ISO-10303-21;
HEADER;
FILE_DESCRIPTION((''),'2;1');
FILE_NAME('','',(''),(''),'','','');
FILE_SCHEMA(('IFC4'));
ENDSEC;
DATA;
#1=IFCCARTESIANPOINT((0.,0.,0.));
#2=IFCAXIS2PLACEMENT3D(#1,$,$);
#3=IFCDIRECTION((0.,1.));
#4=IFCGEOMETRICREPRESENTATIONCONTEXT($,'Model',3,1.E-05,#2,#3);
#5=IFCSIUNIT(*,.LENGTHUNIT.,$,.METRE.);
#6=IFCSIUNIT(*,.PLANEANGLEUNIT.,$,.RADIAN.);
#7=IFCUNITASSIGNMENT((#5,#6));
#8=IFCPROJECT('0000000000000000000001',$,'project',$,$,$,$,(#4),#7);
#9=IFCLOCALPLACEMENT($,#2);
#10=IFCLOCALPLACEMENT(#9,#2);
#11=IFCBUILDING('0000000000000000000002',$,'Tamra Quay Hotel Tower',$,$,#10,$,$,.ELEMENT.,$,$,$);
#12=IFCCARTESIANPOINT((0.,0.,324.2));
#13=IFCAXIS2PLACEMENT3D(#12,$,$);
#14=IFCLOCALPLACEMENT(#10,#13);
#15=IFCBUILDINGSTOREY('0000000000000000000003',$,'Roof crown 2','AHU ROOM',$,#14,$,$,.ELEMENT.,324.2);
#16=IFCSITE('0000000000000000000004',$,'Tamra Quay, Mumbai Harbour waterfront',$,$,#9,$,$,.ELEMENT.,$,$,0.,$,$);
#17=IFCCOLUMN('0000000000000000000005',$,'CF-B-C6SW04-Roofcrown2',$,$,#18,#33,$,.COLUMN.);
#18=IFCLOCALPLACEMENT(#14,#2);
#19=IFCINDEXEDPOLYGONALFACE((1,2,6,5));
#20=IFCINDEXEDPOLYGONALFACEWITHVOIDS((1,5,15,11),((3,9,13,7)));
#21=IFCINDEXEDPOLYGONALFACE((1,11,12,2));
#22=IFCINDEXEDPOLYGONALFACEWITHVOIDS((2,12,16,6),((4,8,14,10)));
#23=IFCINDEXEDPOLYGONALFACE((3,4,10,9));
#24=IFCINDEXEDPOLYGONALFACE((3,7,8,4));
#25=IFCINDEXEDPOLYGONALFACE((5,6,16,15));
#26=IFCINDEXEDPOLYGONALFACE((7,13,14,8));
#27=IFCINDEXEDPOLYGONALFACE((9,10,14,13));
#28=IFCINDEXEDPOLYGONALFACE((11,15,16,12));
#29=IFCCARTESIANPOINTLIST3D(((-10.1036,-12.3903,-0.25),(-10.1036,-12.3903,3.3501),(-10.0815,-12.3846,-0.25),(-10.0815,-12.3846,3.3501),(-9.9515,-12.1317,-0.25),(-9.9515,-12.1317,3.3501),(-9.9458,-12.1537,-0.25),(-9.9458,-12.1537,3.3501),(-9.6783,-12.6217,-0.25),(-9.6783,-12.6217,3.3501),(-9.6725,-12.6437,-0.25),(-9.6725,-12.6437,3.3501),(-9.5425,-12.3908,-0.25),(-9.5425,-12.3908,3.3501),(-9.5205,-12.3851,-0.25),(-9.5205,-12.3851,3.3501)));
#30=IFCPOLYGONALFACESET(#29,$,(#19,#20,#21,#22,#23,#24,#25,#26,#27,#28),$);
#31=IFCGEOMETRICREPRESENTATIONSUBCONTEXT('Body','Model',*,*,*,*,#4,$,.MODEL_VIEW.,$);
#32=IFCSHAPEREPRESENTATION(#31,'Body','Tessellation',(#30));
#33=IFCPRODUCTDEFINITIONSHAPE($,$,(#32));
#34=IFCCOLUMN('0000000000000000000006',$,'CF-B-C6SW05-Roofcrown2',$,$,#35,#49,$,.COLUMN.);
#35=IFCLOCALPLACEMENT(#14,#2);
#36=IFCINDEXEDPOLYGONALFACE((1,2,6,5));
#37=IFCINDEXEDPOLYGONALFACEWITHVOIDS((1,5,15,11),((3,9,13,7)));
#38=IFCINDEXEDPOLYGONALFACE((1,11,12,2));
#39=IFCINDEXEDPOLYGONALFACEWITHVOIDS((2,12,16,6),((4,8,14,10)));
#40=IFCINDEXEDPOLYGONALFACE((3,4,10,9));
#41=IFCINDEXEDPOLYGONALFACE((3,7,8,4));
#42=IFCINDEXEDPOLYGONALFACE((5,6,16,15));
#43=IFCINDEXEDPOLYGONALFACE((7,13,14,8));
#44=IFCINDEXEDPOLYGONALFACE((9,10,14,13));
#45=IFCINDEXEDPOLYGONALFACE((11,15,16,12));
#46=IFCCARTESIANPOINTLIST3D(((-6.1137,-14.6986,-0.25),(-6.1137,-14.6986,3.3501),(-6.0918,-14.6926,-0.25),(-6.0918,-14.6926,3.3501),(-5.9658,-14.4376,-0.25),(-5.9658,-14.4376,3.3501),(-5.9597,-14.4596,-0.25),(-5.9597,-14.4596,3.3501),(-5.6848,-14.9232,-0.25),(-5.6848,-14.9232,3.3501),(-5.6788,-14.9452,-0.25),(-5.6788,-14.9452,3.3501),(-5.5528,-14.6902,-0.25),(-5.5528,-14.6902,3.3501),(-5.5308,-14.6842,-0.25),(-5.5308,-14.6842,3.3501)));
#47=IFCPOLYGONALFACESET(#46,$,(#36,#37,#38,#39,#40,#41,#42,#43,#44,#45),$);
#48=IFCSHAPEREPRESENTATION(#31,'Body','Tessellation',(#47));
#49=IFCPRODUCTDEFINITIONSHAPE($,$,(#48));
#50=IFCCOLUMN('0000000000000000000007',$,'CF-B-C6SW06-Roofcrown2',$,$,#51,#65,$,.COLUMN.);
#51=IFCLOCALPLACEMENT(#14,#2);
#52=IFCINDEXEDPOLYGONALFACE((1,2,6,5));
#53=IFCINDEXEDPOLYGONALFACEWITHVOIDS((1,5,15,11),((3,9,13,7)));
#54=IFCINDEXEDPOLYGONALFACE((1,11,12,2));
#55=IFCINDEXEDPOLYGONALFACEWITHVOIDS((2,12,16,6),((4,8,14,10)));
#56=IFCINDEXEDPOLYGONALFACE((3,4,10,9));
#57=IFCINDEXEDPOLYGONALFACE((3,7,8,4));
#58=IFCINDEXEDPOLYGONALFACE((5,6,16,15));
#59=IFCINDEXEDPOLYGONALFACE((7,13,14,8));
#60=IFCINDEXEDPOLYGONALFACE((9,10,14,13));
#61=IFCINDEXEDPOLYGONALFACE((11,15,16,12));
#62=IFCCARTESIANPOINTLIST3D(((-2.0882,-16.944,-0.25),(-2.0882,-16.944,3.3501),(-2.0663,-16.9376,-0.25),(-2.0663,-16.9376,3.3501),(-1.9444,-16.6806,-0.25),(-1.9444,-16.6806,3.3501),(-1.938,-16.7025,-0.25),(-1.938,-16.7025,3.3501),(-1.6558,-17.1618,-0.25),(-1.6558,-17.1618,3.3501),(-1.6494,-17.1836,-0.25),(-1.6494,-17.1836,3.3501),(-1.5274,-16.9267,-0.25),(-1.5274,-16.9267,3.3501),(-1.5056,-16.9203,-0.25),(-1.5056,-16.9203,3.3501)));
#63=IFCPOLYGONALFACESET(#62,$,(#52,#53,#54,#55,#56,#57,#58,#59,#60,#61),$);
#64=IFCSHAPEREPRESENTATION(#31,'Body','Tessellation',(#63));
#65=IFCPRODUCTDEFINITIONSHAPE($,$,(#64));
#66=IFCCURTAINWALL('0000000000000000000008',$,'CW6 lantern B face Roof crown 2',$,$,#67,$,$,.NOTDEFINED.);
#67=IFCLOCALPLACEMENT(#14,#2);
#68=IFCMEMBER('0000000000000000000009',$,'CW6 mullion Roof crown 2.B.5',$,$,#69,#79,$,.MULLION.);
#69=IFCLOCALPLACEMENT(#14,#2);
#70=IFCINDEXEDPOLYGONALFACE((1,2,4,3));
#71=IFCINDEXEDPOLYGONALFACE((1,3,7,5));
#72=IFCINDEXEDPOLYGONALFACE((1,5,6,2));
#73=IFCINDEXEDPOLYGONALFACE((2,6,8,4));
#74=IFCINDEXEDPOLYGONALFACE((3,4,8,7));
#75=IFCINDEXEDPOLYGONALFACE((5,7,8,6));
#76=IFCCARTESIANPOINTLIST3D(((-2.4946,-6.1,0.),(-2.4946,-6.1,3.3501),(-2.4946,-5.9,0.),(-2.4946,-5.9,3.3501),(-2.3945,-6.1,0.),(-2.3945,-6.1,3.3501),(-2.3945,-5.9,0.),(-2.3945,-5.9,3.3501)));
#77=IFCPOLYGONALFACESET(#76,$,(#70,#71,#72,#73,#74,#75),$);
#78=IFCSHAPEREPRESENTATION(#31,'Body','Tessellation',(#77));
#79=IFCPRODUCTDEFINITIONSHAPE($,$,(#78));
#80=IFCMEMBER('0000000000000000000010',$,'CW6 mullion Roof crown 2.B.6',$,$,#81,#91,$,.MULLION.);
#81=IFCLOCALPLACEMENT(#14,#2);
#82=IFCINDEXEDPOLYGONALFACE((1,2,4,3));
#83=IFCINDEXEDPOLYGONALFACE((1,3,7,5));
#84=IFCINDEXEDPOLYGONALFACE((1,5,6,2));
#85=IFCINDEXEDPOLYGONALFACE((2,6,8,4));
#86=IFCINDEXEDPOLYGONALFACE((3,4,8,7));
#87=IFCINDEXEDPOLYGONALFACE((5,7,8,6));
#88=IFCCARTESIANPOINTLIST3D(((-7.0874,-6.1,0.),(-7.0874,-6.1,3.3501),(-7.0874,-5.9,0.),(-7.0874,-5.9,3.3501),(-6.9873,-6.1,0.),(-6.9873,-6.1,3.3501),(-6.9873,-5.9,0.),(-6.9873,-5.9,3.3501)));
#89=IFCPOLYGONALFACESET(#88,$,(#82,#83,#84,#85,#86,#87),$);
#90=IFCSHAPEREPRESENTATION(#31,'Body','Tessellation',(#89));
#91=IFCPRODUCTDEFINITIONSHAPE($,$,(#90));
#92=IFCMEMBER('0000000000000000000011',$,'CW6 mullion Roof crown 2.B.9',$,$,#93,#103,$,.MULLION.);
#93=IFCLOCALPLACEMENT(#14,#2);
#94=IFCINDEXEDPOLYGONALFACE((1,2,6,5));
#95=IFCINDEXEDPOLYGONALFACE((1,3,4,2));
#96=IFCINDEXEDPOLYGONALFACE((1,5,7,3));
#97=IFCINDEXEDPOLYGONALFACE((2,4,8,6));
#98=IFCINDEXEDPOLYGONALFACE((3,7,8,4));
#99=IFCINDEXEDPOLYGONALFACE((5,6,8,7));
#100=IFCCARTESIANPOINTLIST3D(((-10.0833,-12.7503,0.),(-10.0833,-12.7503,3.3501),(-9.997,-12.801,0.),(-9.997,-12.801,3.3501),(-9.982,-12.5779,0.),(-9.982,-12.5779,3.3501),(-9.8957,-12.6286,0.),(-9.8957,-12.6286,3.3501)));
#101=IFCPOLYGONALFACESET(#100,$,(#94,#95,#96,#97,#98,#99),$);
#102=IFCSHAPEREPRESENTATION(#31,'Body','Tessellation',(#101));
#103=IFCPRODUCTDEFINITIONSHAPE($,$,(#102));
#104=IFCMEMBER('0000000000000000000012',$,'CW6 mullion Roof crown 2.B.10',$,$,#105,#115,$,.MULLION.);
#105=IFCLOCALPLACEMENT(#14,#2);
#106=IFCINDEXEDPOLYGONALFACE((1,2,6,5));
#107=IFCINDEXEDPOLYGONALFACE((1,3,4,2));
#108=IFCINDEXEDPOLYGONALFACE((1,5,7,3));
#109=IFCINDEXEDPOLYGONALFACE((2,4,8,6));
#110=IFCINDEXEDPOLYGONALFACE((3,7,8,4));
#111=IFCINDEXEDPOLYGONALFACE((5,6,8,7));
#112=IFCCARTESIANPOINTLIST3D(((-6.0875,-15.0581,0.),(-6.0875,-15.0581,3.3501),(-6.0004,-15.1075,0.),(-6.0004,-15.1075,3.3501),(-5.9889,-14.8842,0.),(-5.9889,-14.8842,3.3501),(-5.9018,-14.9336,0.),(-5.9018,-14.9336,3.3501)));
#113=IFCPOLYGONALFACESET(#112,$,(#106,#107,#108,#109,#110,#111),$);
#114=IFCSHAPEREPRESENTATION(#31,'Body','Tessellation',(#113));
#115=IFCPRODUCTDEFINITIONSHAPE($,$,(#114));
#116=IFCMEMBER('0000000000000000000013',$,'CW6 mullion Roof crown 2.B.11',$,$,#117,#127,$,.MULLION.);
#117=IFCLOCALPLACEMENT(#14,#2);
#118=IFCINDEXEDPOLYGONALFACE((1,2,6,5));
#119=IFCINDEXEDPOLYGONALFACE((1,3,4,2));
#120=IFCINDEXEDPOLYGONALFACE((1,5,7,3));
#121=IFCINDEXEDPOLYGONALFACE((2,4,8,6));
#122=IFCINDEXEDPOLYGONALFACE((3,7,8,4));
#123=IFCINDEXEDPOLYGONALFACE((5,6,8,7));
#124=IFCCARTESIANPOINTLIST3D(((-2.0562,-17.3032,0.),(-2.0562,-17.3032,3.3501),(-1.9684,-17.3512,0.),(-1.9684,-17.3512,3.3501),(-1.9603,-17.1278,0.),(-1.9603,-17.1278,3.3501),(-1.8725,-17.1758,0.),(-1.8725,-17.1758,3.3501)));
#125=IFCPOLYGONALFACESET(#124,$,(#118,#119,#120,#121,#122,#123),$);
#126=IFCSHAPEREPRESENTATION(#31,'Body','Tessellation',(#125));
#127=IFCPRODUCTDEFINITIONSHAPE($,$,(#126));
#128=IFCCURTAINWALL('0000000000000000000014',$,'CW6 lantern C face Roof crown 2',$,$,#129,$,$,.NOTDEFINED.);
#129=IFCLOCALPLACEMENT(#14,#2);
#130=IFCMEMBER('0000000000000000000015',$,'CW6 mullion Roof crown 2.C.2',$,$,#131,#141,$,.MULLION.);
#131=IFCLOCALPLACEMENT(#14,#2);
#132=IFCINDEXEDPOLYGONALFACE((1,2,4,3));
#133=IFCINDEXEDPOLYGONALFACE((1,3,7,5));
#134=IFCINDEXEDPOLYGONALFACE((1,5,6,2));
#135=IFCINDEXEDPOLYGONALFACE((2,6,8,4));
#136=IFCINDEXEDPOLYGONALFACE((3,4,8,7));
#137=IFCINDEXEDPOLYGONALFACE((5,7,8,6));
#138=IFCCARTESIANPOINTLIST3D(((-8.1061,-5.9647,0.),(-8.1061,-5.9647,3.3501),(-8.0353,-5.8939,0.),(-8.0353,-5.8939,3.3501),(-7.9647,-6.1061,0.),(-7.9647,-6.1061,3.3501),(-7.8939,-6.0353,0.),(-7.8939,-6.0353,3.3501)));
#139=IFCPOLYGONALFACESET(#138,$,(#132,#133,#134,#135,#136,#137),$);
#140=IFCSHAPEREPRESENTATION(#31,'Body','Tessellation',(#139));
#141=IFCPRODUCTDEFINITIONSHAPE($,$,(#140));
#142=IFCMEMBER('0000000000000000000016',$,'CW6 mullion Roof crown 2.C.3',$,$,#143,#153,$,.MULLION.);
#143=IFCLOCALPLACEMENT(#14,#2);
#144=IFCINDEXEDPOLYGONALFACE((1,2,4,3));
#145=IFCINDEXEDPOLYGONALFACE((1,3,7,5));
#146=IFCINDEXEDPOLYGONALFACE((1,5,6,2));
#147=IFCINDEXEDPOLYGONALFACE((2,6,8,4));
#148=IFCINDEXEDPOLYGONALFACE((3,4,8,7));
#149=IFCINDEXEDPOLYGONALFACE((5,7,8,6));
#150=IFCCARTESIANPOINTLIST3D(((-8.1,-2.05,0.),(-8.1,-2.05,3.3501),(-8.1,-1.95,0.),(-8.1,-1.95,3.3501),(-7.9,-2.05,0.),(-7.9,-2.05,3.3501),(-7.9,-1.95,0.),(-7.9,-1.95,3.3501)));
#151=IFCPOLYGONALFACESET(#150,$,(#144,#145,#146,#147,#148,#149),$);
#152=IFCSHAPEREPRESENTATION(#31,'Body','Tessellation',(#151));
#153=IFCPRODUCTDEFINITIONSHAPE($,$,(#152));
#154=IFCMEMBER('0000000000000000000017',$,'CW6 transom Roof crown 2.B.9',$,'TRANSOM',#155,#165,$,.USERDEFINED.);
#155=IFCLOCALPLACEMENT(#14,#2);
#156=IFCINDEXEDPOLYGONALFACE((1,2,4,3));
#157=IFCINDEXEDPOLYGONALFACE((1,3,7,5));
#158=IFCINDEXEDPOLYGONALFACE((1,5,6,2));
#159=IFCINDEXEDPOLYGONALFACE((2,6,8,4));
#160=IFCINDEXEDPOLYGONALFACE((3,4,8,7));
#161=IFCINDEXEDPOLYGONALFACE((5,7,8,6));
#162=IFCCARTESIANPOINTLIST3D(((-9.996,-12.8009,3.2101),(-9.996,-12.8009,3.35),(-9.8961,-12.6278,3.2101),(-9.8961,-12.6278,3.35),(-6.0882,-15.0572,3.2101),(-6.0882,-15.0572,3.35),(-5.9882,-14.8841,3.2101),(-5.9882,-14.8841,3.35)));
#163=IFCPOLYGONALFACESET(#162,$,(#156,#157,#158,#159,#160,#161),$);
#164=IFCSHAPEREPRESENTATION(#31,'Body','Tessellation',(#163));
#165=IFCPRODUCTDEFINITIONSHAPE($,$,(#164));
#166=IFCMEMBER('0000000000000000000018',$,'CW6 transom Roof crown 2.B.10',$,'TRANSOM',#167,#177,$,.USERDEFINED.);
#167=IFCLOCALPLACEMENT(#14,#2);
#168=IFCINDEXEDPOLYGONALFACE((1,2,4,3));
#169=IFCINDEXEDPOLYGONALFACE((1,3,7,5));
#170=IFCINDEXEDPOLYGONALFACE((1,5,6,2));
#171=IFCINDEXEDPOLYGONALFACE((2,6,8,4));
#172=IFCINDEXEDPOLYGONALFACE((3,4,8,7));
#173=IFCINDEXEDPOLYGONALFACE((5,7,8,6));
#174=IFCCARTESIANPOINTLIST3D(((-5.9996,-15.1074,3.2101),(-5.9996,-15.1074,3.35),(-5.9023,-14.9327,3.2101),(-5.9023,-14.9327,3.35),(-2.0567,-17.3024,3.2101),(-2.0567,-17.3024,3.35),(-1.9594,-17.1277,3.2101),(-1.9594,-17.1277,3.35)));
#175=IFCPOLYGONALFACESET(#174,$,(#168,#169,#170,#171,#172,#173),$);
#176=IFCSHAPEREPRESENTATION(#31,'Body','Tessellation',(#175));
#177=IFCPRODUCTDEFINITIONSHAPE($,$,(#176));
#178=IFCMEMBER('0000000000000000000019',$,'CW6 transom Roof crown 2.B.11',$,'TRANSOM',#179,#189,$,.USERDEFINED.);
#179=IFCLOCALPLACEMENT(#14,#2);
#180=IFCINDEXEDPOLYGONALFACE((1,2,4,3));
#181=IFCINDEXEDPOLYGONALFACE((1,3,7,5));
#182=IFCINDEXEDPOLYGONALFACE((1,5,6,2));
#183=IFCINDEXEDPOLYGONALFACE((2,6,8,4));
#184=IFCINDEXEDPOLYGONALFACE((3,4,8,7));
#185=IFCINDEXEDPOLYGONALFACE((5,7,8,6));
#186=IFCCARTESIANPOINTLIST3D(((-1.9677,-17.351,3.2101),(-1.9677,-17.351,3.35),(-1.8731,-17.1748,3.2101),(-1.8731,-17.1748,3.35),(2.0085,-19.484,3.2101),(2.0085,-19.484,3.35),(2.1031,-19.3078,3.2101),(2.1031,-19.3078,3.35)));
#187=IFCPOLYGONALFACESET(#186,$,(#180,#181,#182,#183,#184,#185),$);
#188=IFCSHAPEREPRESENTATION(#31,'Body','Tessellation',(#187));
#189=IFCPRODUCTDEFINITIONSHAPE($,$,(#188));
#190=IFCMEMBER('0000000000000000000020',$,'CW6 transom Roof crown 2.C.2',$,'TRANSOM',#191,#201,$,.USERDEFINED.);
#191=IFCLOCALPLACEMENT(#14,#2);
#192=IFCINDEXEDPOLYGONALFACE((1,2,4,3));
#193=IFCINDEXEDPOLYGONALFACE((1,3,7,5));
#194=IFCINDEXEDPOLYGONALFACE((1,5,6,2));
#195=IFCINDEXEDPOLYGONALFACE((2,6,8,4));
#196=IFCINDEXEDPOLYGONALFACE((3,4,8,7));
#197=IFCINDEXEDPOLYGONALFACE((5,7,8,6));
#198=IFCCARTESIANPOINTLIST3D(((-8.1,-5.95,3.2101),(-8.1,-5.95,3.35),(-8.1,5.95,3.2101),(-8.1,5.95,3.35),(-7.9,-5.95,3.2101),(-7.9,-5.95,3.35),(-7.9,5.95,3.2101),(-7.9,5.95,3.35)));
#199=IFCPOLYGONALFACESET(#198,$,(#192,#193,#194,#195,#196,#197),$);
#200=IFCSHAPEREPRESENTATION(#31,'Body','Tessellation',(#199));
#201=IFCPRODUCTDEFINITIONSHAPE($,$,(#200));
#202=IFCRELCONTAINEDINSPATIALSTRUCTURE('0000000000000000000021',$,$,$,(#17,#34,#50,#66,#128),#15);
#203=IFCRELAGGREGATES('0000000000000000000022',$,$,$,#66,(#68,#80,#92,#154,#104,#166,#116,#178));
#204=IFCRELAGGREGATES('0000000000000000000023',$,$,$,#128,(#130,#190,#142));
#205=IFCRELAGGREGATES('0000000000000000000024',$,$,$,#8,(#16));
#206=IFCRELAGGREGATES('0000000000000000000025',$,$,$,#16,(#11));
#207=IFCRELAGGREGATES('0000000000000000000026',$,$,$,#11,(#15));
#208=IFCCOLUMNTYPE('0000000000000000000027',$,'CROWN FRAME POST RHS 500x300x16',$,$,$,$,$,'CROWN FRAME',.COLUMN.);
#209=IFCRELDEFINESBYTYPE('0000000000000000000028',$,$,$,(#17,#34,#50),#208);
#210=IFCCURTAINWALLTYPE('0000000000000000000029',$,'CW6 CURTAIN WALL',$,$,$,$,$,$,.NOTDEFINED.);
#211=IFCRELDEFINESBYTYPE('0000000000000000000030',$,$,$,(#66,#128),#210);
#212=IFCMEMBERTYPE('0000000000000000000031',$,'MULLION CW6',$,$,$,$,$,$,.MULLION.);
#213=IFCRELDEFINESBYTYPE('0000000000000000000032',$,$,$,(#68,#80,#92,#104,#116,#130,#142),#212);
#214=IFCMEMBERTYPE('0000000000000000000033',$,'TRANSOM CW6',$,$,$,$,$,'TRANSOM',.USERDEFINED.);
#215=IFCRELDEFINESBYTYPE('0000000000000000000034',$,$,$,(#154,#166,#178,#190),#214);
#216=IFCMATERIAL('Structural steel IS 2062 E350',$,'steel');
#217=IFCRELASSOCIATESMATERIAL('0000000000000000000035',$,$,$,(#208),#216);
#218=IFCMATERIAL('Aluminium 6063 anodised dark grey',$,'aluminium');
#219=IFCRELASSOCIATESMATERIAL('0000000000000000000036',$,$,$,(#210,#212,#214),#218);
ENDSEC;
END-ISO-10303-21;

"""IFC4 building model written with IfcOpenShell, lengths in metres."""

from ifc_helpers import new_model, si_unit, direction, frame, origin, origin_2d, place, context, subcontext, project, spatial, rectangle, hollow_rectangle, extrude, material, material_profile, profile_set, type_object, element, aggregate, save


model = new_model("IFC4")

# Units and contexts
model_context = context("Model", 3, precision=1e-05, world=origin(), true_north=direction((0.0, 1.0)))
body_context = subcontext(model_context, "Body", "Model", "MODEL_VIEW")
ifc_project = project(units=[si_unit("LENGTHUNIT", "METRE"), si_unit("PLANEANGLEUNIT", "RADIAN")], contexts=[model_context])

# Site, building, storey
site_placement = place(None, origin())
site = spatial("IfcSite", under=ifc_project, at=site_placement, Name="Tamra Quay, Mumbai Harbour waterfront", CompositionType="ELEMENT", RefElevation=0.0)
building_placement = place(site_placement, origin())
building = spatial("IfcBuilding", under=site, at=building_placement, Name="Tamra Quay Hotel Tower", CompositionType="ELEMENT")
storey_placement = place(building_placement, frame((0.0, 0.0, 324.2)))
storey = spatial("IfcBuildingStorey", under=building, at=storey_placement, Name="Roof crown 2", Description="AHU ROOM", CompositionType="ELEMENT", Elevation=324.2)

# Columns
ifc_material_1 = material(Name="Structural steel IS 2062 E350", Category="steel")
ifc_material_profile_1 = material_profile(ifc_material_1, hollow_rectangle(XDim=0.3, YDim=0.5, WallThickness=0.0161, at=origin_2d()), Name="RHS 500x300x16")
ifc_profile_set_1 = profile_set([ifc_material_profile_1], Name="Structural steel IS 2062 E350")
column_type = type_object("IfcColumnType", Name="CROWN FRAME POST RHS 500x300x16", ElementType="CROWN FRAME", PredefinedType="COLUMN", material=ifc_profile_set_1)
for number, where, z_axis, x_axis, name in (
    (1, (-9.812, -12.3877, -0.25), (0.0, 0.0, 1.0), (0.506843, 0.862038, 0.0), "CF-B-C6SW04-Roofcrown2"),
    (2, (-5.8223, -14.6914, -0.25), (0.0, 0.0, 1.0), (0.493125, 0.869958, 0.0), "CF-B-C6SW05-Roofcrown2"),
    (3, (-1.7969, -16.9321, -0.25), (0.0, 0.0, 1.0), (0.479288, 0.877658, 0.0), "CF-B-C6SW06-Roofcrown2"),
):
    element("IfcColumn", number, at=place(storey_placement, frame(where, z_axis=z_axis, x_axis=x_axis)), inside=storey, type_object=column_type, Name=name, PredefinedType="COLUMN", context=body_context, shape_type="SweptSolid", body=[
        extrude(hollow_rectangle(XDim=0.3, YDim=0.5, WallThickness=0.0161, at=origin_2d()), origin(), (0.0, 0.0, 1.0), 3.6001),
    ])

# Curtain walls, members
ifc_material_2 = material(Name="Aluminium 6063 anodised dark grey", Category="aluminium")
curtain_wall_type = type_object("IfcCurtainWallType", Name="CW6 CURTAIN WALL", PredefinedType="NOTDEFINED", material=ifc_material_2)
curtain_wall_1_placement = place(storey_placement, origin())
curtain_wall_1 = element("IfcCurtainWall", 4, at=curtain_wall_1_placement, inside=storey, type_object=curtain_wall_type, Name="CW6 lantern B face Roof crown 2", PredefinedType="NOTDEFINED")
ifc_material_profile_2 = material_profile(ifc_material_2, rectangle(XDim=0.2, YDim=0.1001, at=origin_2d()), Name="MULLION 100X200")
ifc_profile_set_2 = profile_set([ifc_material_profile_2], Name="Aluminium 6063 anodised dark grey")
member_type_1 = type_object("IfcMemberType", Name="MULLION CW6", PredefinedType="MULLION", material=ifc_profile_set_2)
member_1_placement = place(storey_placement, frame((-2.4446, -6.0, 0.0), z_axis=(0.0, 0.0, 1.0), x_axis=(0.0, 1.0, 0.0)))
member_1 = element("IfcMember", 5, at=member_1_placement, type_object=member_type_1, Name="CW6 mullion Roof crown 2.B.5", PredefinedType="MULLION", context=body_context, shape_type="SweptSolid", body=[
    extrude(rectangle(XDim=0.2, YDim=0.1001, at=origin_2d()), origin(), (0.0, 0.0, 1.0), 3.3501),
])
member_2_placement = place(storey_placement, frame((-7.0374, -6.0, 0.0), z_axis=(0.0, 0.0, 1.0), x_axis=(0.0, 1.0, 0.0)))
member_2 = element("IfcMember", 6, at=member_2_placement, type_object=member_type_1, Name="CW6 mullion Roof crown 2.B.6", PredefinedType="MULLION", context=body_context, shape_type="SweptSolid", body=[
    extrude(rectangle(XDim=0.2, YDim=0.1001, at=origin_2d()), origin(), (0.0, 0.0, 1.0), 3.3501),
])
member_3_placement = place(storey_placement, frame((-9.9895, -12.6895, 0.0), z_axis=(0.0, 0.0, 1.0), x_axis=(-0.506754, -0.862091, 0.0)))
member_3 = element("IfcMember", 7, at=member_3_placement, type_object=member_type_1, Name="CW6 mullion Roof crown 2.B.9", PredefinedType="MULLION", context=body_context, shape_type="SweptSolid", body=[
    extrude(rectangle(XDim=0.2, YDim=0.1001, at=origin_2d()), origin(), (0.0, 0.0, 1.0), 3.3501),
])
member_4_placement = place(storey_placement, frame((-5.9946, -14.9958, 0.0), z_axis=(0.0, 0.0, 1.0), x_axis=(-0.493216, -0.869907, 0.0)))
member_4 = element("IfcMember", 8, at=member_4_placement, type_object=member_type_1, Name="CW6 mullion Roof crown 2.B.10", PredefinedType="MULLION", context=body_context, shape_type="SweptSolid", body=[
    extrude(rectangle(XDim=0.2, YDim=0.1001, at=origin_2d()), origin(), (0.0, 0.0, 1.0), 3.3501),
])
member_5_placement = place(storey_placement, frame((-1.9644, -17.2395, 0.0), z_axis=(0.0, 0.0, 1.0), x_axis=(-0.479565, -0.877506, 0.0)))
member_5 = element("IfcMember", 9, at=member_5_placement, type_object=member_type_1, Name="CW6 mullion Roof crown 2.B.11", PredefinedType="MULLION", context=body_context, shape_type="SweptSolid", body=[
    extrude(rectangle(XDim=0.2, YDim=0.1001, at=origin_2d()), origin(), (0.0, 0.0, 1.0), 3.3501),
])
curtain_wall_2_placement = place(storey_placement, origin())
curtain_wall_2 = element("IfcCurtainWall", 10, at=curtain_wall_2_placement, inside=storey, type_object=curtain_wall_type, Name="CW6 lantern C face Roof crown 2", PredefinedType="NOTDEFINED")
member_6_placement = place(storey_placement, frame((-8.0, -6.0, 0.0), z_axis=(0.0, 0.0, 1.0), x_axis=(0.707107, -0.707107, 0.0)))
member_6 = element("IfcMember", 11, at=member_6_placement, type_object=member_type_1, Name="CW6 mullion Roof crown 2.C.2", PredefinedType="MULLION", context=body_context, shape_type="SweptSolid", body=[
    extrude(rectangle(XDim=0.2, YDim=0.1001, at=origin_2d()), origin(), (0.0, 0.0, 1.0), 3.3501),
])
member_7_placement = place(storey_placement, frame((-8.0, -2.0, 0.0), z_axis=(0.0, 0.0, 1.0), x_axis=(1.0, 0.0, 0.0)))
member_7 = element("IfcMember", 12, at=member_7_placement, type_object=member_type_1, Name="CW6 mullion Roof crown 2.C.3", PredefinedType="MULLION", context=body_context, shape_type="SweptSolid", body=[
    extrude(rectangle(XDim=0.2, YDim=0.1001, at=origin_2d()), origin(), (0.0, 0.0, 1.0), 3.3501),
])

# Members
ifc_material_profile_3 = material_profile(ifc_material_2, rectangle(XDim=0.2, YDim=0.1399, at=origin_2d()), Name="TRANSOM 200X140")
ifc_profile_set_3 = profile_set([ifc_material_profile_3], Name="Aluminium 6063 anodised dark grey")
member_type_2 = type_object("IfcMemberType", Name="TRANSOM CW6", ElementType="TRANSOM", PredefinedType="USERDEFINED", material=ifc_profile_set_3)
member_8_placement = place(storey_placement, frame((-9.946, -12.7144, 3.28), z_axis=(0.866017, -0.500014, 0.0), x_axis=(0.500014, 0.866017, 0.0)))
member_8 = element("IfcMember", 13, at=member_8_placement, type_object=member_type_2, Name="CW6 transom Roof crown 2.B.9", ObjectType="TRANSOM", PredefinedType="USERDEFINED", context=body_context, shape_type="SweptSolid", body=[
    extrude(rectangle(XDim=0.2, YDim=0.1399, at=origin_2d()), origin(), (0.0, 0.0, 1.0), 4.5125),
])
member_9_placement = place(storey_placement, frame((-5.9509, -15.02, 3.28), z_axis=(0.873726, -0.486419, 0.0), x_axis=(0.486419, 0.873726, 0.0)))
member_9 = element("IfcMember", 14, at=member_9_placement, type_object=member_type_2, Name="CW6 transom Roof crown 2.B.10", ObjectType="TRANSOM", PredefinedType="USERDEFINED", context=body_context, shape_type="SweptSolid", body=[
    extrude(rectangle(XDim=0.2, YDim=0.1399, at=origin_2d()), origin(), (0.0, 0.0, 1.0), 4.5127),
])
member_10_placement = place(storey_placement, frame((-1.9204, -17.2629, 3.28), z_axis=(0.881214, -0.472718, 0.0), x_axis=(0.472718, 0.881214, 0.0)))
member_10 = element("IfcMember", 15, at=member_10_placement, type_object=member_type_2, Name="CW6 transom Roof crown 2.B.11", ObjectType="TRANSOM", PredefinedType="USERDEFINED", context=body_context, shape_type="SweptSolid", body=[
    extrude(rectangle(XDim=0.2, YDim=0.1399, at=origin_2d()), origin(), (0.0, 0.0, 1.0), 4.5122),
])
member_11_placement = place(storey_placement, frame((-8.0, -5.95, 3.28), z_axis=(0.0, 1.0, 0.0), x_axis=(-1.0, 0.0, 0.0)))
member_11 = element("IfcMember", 16, at=member_11_placement, type_object=member_type_2, Name="CW6 transom Roof crown 2.C.2", ObjectType="TRANSOM", PredefinedType="USERDEFINED", context=body_context, shape_type="SweptSolid", body=[
    extrude(rectangle(XDim=0.2, YDim=0.1399, at=origin_2d()), origin(), (0.0, 0.0, 1.0), 11.8999),
])

aggregate(curtain_wall_1, [member_1, member_2, member_3, member_8, member_4, member_9, member_5, member_10])
aggregate(curtain_wall_2, [member_6, member_11, member_7])

save(model, "model.ifc")
